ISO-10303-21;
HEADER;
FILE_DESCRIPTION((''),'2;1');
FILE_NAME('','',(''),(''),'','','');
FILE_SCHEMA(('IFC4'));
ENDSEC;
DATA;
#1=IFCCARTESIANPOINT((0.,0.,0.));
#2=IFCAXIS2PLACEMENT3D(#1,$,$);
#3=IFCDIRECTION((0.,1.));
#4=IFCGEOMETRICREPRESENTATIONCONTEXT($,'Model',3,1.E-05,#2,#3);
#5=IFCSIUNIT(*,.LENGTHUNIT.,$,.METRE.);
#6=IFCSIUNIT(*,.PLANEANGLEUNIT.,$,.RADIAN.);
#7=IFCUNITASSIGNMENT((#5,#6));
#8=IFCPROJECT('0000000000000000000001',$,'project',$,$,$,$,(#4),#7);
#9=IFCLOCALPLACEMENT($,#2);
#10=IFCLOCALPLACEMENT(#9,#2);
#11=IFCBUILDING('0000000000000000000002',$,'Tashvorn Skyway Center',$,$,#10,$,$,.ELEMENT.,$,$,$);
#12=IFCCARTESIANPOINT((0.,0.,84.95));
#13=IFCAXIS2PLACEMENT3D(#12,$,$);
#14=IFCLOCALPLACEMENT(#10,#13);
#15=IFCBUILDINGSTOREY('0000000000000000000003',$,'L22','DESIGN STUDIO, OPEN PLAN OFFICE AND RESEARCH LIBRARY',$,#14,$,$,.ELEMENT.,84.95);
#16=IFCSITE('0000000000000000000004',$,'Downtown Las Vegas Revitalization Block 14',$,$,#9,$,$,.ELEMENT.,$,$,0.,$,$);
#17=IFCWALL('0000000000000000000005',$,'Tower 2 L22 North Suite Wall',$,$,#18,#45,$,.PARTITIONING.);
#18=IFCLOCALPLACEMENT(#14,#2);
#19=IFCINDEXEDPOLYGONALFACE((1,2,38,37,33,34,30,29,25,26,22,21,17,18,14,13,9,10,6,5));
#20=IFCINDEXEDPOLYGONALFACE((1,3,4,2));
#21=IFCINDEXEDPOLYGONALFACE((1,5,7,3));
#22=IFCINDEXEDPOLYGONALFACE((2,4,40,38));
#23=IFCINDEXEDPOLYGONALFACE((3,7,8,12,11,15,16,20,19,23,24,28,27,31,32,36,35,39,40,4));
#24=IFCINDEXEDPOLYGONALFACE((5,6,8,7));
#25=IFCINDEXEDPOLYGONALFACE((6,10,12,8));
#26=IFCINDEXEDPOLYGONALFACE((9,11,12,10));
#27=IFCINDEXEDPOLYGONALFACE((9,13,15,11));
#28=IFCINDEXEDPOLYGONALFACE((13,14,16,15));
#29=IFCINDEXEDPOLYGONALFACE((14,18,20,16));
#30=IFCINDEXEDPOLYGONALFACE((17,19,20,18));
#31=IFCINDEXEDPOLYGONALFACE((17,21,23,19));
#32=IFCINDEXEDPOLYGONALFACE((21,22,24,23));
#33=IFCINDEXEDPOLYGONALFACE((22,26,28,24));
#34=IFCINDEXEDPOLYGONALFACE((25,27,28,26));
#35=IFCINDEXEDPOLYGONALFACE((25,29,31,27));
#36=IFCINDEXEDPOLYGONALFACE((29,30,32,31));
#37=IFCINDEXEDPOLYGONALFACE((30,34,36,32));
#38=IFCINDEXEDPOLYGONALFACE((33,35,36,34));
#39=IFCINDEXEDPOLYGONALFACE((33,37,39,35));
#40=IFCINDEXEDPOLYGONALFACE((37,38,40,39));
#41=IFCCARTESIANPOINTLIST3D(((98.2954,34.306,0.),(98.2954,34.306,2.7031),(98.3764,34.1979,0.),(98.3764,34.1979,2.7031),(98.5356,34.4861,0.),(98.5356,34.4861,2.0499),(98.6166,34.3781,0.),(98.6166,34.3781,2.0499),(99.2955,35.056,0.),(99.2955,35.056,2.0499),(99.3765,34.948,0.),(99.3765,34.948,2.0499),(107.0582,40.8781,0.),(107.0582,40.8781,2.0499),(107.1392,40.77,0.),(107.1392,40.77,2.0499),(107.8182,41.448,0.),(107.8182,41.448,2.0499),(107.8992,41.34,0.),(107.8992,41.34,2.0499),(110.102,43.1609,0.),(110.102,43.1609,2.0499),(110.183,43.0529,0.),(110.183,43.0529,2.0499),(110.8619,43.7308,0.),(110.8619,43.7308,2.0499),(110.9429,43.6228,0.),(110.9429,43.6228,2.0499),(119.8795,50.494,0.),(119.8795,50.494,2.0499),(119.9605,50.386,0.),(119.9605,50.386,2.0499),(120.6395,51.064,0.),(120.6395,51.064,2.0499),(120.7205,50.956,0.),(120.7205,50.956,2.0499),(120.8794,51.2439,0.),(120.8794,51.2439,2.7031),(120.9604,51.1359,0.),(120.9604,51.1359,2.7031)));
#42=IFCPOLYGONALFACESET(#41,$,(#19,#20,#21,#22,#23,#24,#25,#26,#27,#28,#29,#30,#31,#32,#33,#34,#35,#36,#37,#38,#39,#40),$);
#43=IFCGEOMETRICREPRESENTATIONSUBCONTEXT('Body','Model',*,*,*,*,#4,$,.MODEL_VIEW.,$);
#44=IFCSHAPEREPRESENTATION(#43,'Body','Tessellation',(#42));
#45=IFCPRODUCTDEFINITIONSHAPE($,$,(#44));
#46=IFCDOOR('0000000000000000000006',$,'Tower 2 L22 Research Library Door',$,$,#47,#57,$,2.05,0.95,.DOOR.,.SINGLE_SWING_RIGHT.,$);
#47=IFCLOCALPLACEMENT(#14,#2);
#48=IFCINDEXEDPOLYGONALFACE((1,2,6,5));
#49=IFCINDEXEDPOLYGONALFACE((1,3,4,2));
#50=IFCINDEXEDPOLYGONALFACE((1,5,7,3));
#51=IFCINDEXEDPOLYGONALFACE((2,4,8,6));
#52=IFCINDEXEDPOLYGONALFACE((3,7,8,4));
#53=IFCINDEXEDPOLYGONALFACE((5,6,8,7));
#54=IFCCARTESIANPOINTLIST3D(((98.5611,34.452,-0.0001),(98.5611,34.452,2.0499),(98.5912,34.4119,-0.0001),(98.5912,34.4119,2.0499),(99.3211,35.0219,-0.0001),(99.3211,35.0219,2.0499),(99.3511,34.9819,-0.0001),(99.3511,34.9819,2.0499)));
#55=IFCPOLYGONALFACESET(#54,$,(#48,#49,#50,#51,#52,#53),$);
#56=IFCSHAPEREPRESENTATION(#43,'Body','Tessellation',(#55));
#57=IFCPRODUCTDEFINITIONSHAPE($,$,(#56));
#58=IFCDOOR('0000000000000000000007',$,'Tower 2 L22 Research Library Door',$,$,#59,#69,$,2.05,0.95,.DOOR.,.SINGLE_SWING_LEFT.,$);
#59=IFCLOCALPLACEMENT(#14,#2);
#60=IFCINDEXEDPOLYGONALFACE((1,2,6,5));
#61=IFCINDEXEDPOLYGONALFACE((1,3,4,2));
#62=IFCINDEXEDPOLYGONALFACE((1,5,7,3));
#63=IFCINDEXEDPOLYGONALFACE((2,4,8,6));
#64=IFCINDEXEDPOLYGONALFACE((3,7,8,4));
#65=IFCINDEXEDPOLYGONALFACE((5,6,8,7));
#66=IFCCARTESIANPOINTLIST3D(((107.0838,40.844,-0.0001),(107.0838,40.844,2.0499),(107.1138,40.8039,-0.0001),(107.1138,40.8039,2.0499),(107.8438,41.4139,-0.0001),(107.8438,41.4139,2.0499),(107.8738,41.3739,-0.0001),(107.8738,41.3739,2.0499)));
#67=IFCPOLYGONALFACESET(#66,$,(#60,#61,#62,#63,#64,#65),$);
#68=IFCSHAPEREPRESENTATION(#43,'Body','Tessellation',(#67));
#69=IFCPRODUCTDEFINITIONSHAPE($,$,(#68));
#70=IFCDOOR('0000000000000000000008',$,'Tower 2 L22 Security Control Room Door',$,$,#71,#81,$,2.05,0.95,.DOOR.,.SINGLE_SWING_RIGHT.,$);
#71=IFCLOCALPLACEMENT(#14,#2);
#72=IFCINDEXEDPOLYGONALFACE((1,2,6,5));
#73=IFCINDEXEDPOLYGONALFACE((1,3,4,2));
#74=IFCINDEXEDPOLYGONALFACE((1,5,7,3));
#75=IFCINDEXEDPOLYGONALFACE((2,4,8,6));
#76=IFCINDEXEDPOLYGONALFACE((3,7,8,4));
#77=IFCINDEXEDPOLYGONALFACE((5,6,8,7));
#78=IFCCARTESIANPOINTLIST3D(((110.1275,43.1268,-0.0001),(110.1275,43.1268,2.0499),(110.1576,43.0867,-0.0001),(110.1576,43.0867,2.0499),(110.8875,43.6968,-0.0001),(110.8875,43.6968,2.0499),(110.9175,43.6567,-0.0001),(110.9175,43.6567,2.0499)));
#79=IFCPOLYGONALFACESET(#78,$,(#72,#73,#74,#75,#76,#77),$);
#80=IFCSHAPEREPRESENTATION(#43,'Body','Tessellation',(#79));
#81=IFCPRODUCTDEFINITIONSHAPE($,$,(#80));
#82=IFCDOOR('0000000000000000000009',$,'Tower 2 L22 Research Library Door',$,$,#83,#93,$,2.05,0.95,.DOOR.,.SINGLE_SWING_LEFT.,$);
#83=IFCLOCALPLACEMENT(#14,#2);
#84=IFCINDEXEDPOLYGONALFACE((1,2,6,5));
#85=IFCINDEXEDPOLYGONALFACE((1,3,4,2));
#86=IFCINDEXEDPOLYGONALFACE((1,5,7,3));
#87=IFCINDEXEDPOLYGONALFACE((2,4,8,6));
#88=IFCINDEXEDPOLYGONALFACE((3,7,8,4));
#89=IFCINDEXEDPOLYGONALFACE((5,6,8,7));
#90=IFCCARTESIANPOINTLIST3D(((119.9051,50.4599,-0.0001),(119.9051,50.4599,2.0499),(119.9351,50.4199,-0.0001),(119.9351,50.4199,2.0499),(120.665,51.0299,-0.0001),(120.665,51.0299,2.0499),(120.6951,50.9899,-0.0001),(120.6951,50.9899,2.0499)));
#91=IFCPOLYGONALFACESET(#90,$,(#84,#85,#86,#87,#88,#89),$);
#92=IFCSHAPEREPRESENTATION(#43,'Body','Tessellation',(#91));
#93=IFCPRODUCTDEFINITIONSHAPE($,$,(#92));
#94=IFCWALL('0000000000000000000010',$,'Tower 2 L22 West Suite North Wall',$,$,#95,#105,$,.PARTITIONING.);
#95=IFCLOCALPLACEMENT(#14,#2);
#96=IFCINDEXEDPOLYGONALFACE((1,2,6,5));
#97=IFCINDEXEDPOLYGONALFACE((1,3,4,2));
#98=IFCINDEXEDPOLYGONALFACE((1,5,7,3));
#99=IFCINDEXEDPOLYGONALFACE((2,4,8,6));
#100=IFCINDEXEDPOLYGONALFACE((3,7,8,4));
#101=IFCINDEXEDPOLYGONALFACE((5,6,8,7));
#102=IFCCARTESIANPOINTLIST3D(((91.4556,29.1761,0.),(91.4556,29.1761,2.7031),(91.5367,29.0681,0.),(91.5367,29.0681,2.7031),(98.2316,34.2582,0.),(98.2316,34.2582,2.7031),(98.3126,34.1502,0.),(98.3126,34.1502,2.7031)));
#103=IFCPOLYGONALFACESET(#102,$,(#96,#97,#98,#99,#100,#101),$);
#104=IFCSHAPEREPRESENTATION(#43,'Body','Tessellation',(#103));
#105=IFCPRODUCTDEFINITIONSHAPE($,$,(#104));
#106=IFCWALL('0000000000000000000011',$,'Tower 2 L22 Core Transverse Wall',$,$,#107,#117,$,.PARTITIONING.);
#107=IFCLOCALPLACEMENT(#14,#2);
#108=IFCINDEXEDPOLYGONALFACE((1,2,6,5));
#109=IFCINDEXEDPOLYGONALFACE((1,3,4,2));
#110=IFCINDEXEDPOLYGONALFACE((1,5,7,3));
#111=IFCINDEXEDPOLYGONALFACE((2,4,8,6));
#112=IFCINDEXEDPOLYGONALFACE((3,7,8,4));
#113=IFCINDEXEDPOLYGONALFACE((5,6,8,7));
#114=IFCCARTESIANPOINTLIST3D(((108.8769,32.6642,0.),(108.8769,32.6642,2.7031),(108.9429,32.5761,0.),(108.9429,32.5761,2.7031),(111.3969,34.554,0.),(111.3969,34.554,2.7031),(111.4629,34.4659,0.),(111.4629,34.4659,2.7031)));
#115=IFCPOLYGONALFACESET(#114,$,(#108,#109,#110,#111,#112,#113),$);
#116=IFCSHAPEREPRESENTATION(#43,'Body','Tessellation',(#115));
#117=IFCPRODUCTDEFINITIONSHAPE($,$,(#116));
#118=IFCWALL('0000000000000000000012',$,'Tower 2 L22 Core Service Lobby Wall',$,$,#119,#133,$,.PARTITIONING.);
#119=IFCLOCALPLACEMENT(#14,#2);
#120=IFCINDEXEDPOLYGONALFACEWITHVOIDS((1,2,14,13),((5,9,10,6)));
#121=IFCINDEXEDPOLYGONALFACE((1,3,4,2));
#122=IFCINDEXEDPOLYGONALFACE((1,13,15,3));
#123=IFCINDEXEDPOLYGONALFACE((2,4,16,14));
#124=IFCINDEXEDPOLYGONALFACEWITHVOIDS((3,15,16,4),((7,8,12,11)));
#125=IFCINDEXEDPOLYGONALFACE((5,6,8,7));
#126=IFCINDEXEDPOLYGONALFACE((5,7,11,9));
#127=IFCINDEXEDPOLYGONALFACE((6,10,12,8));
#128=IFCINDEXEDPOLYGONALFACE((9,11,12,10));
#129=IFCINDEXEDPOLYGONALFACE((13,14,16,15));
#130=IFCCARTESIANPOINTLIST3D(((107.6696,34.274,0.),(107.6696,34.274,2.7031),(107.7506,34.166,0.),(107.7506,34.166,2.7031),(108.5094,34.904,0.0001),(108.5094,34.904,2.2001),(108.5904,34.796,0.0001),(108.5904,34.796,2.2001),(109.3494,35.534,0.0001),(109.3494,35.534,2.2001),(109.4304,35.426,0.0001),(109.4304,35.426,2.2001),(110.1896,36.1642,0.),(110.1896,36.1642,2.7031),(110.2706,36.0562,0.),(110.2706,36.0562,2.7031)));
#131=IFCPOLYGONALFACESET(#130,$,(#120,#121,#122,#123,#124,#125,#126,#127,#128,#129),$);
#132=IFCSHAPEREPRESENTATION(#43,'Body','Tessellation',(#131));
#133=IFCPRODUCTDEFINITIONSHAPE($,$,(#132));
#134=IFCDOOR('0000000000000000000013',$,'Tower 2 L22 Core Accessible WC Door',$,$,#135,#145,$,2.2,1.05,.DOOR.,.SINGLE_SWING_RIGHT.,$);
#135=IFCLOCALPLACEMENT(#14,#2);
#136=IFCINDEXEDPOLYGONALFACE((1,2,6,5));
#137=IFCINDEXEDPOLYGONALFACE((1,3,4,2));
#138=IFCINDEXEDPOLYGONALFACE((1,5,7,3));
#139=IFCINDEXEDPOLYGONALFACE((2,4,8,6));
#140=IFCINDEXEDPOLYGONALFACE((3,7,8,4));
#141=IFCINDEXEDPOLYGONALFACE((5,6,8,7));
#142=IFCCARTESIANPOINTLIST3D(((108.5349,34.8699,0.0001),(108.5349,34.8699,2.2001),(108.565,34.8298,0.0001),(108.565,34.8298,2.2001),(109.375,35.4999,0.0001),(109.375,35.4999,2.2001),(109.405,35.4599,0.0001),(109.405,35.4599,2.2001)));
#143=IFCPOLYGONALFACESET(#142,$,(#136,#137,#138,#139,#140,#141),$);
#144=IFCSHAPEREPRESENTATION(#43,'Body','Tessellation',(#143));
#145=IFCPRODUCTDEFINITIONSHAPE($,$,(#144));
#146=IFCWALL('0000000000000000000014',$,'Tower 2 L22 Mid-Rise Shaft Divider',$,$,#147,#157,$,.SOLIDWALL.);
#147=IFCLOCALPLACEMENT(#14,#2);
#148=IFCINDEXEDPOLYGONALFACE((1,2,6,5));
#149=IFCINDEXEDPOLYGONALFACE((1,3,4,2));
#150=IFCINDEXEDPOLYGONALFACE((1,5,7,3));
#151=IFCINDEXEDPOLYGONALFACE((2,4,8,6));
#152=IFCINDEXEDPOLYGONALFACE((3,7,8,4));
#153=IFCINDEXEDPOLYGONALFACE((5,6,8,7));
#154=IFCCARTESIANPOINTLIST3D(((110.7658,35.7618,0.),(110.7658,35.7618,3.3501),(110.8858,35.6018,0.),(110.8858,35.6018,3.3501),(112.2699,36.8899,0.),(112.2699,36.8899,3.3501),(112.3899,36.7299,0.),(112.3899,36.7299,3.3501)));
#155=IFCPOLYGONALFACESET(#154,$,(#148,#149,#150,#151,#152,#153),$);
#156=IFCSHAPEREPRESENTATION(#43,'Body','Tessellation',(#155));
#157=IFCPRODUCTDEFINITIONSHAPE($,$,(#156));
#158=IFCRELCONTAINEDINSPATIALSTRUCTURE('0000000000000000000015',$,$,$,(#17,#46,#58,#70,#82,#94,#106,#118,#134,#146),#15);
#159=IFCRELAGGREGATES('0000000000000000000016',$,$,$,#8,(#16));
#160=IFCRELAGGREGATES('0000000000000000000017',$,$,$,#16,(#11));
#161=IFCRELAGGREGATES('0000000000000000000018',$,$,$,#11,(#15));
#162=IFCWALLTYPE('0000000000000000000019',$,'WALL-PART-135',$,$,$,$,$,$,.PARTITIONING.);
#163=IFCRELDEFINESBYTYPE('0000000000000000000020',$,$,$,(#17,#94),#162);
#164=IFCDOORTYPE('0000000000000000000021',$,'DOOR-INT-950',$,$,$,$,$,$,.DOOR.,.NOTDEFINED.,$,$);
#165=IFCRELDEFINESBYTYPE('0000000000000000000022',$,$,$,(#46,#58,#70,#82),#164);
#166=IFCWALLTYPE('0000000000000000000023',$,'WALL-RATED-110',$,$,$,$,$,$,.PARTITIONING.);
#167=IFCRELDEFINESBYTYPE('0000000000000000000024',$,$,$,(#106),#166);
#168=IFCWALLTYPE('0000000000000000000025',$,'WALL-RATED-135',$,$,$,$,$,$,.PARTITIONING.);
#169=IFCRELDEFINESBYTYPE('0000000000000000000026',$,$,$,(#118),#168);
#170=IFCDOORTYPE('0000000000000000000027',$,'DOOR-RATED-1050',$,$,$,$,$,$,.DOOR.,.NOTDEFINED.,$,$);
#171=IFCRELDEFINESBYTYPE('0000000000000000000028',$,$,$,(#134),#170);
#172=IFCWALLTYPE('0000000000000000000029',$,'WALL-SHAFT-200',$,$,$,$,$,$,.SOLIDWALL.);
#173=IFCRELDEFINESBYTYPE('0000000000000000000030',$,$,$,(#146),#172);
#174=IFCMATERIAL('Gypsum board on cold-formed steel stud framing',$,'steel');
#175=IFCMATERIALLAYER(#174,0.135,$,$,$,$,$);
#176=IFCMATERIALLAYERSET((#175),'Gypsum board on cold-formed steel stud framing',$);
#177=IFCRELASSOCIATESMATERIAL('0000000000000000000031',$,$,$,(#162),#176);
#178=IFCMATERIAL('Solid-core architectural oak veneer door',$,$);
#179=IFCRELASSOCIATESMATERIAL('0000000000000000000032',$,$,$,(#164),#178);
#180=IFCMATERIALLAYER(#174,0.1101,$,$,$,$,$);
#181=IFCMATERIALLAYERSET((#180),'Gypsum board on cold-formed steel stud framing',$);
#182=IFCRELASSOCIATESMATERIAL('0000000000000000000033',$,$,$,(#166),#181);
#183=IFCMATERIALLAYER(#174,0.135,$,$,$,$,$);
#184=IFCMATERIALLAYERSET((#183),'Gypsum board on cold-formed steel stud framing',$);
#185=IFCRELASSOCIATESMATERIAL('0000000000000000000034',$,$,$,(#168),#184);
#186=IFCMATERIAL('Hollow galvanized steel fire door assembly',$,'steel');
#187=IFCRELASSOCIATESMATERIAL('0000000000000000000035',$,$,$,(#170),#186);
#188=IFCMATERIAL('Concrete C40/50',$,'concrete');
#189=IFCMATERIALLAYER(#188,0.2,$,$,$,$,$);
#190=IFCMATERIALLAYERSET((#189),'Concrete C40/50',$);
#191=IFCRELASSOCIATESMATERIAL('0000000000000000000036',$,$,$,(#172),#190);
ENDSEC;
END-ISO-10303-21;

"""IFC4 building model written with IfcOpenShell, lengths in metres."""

from ifc_helpers import new_model, si_unit, direction, frame, frame_2d, origin, place, context, subcontext, project, spatial, rectangle, extrude, material, layer, layer_set, type_object, element, fill, save


model = new_model("IFC4")

# Units and contexts
model_context = context("Model", 3, precision=1e-05, world=origin(), true_north=direction((0.0, 1.0)))
body_context = subcontext(model_context, "Body", "Model", "MODEL_VIEW")
ifc_project = project(units=[si_unit("LENGTHUNIT", "METRE"), si_unit("PLANEANGLEUNIT", "RADIAN")], contexts=[model_context])

# Site, building, storey
site_placement = place(None, origin())
site = spatial("IfcSite", under=ifc_project, at=site_placement, Name="Downtown Las Vegas Revitalization Block 14", CompositionType="ELEMENT", RefElevation=0.0)
building_placement = place(site_placement, origin())
building = spatial("IfcBuilding", under=site, at=building_placement, Name="Tashvorn Skyway Center", CompositionType="ELEMENT")
storey_placement = place(building_placement, frame((0.0, 0.0, 84.95)))
storey = spatial("IfcBuildingStorey", under=building, at=storey_placement, Name="L22", Description="DESIGN STUDIO, OPEN PLAN OFFICE AND RESEARCH LIBRARY", CompositionType="ELEMENT", Elevation=84.95)

# Shared definitions
ifc_material_1 = material(Name="Hollow galvanized steel fire door assembly", Category="steel")

# Shared definitions
ifc_material_2 = material(Name="Concrete C40/50", Category="concrete")

# Wall, openings, doors
ifc_material_3 = material(Name="Gypsum board on cold-formed steel stud framing", Category="steel")
ifc_layer_1 = layer(ifc_material_3, 0.135)
ifc_layer_set_1 = layer_set([ifc_layer_1], Name="Gypsum board on cold-formed steel stud framing")
wall_type_1 = type_object("IfcWallType", Name="WALL-PART-135", PredefinedType="PARTITIONING", material=ifc_layer_set_1)
wall_1_placement = place(storey_placement, frame((98.3359, 34.252, 0.0), z_axis=(0.0, 0.0, 1.0), x_axis=(0.8, 0.6, 0.0)))
wall_1 = element("IfcWall", 1, at=wall_1_placement, inside=storey, type_object=wall_type_1, Name="Tower 2 L22 North Suite Wall", PredefinedType="PARTITIONING", context=body_context, shape_type="SweptSolid", body=[
    extrude(rectangle(XDim=28.23, YDim=0.135, at=frame_2d((14.115, 0.0))), origin(), (0.0, 0.0, 1.0), 2.7031),
])
opening_1_placement = place(wall_1_placement, frame((0.3, 0.0, 0.0)))
opening_1 = element("IfcOpeningElement", 2, at=opening_1_placement, cuts=wall_1, PredefinedType="OPENING", context=body_context, shape_type="SweptSolid", body=[
    extrude(rectangle(XDim=0.95, YDim=2.05, at=frame_2d((0.4751, 1.0249))), frame((0.0, 0.0774, 0.0), z_axis=(0.0, -1.0, 0.0), x_axis=(1.0, 0.0, 0.0)), (0.0, 0.0, 1.0), 0.155),
])
opening_2_placement = place(wall_1_placement, frame((10.9534, 0.0, 0.0)))
opening_2 = element("IfcOpeningElement", 3, at=opening_2_placement, cuts=wall_1, PredefinedType="OPENING", context=body_context, shape_type="SweptSolid", body=[
    extrude(rectangle(XDim=0.95, YDim=2.05, at=frame_2d((0.4751, 1.0249))), frame((0.0, 0.0774, 0.0), z_axis=(0.0, -1.0, 0.0), x_axis=(1.0, 0.0, 0.0)), (0.0, 0.0, 1.0), 0.155),
])
opening_3_placement = place(wall_1_placement, frame((14.7581, 0.0, 0.0)))
opening_3 = element("IfcOpeningElement", 4, at=opening_3_placement, cuts=wall_1, PredefinedType="OPENING", context=body_context, shape_type="SweptSolid", body=[
    extrude(rectangle(XDim=0.95, YDim=2.05, at=frame_2d((0.4751, 1.0249))), frame((0.0, 0.0774, 0.0), z_axis=(0.0, -1.0, 0.0), x_axis=(1.0, 0.0, 0.0)), (0.0, 0.0, 1.0), 0.155),
])
opening_4_placement = place(wall_1_placement, frame((26.98, 0.0, 0.0)))
opening_4 = element("IfcOpeningElement", 5, at=opening_4_placement, cuts=wall_1, PredefinedType="OPENING", context=body_context, shape_type="SweptSolid", body=[
    extrude(rectangle(XDim=0.95, YDim=2.05, at=frame_2d((0.4751, 1.0249))), frame((0.0, 0.0774, 0.0), z_axis=(0.0, -1.0, 0.0), x_axis=(1.0, 0.0, 0.0)), (0.0, 0.0, 1.0), 0.155),
])
ifc_material_4 = material(Name="Solid-core architectural oak veneer door")
door_type_1 = type_object("IfcDoorType", Name="DOOR-INT-950", OperationType="NOTDEFINED", PredefinedType="DOOR", material=ifc_material_4)
door_1_placement = place(opening_1_placement, origin())
door_1 = element("IfcDoor", 6, at=door_1_placement, inside=storey, type_object=door_type_1, Name="Tower 2 L22 Research Library Door", OperationType="SINGLE_SWING_RIGHT", OverallHeight=2.05, OverallWidth=0.95, PredefinedType="DOOR", context=body_context, shape_type="SweptSolid", body=[
    extrude(rectangle(XDim=0.95, YDim=2.05, at=frame_2d((0.4751, 1.0249))), frame((0.0, 0.0249, 0.0), z_axis=(0.0, -1.0, 0.0), x_axis=(1.0, 0.0, 0.0)), (0.0, 0.0, 1.0), 0.05),
])
fill(opening_1, door_1)
door_2_placement = place(opening_2_placement, origin())
door_2 = element("IfcDoor", 7, at=door_2_placement, inside=storey, type_object=door_type_1, Name="Tower 2 L22 Research Library Door", OperationType="SINGLE_SWING_LEFT", OverallHeight=2.05, OverallWidth=0.95, PredefinedType="DOOR", context=body_context, shape_type="SweptSolid", body=[
    extrude(rectangle(XDim=0.95, YDim=2.05, at=frame_2d((0.4751, 1.0249))), frame((0.0, 0.0249, 0.0), z_axis=(0.0, -1.0, 0.0), x_axis=(1.0, 0.0, 0.0)), (0.0, 0.0, 1.0), 0.05),
])
fill(opening_2, door_2)
door_3_placement = place(opening_3_placement, origin())
door_3 = element("IfcDoor", 8, at=door_3_placement, inside=storey, type_object=door_type_1, Name="Tower 2 L22 Security Control Room Door", OperationType="SINGLE_SWING_RIGHT", OverallHeight=2.05, OverallWidth=0.95, PredefinedType="DOOR", context=body_context, shape_type="SweptSolid", body=[
    extrude(rectangle(XDim=0.95, YDim=2.05, at=frame_2d((0.4751, 1.0249))), frame((0.0, 0.0249, 0.0), z_axis=(0.0, -1.0, 0.0), x_axis=(1.0, 0.0, 0.0)), (0.0, 0.0, 1.0), 0.05),
])
fill(opening_3, door_3)
door_4_placement = place(opening_4_placement, origin())
door_4 = element("IfcDoor", 9, at=door_4_placement, inside=storey, type_object=door_type_1, Name="Tower 2 L22 Research Library Door", OperationType="SINGLE_SWING_LEFT", OverallHeight=2.05, OverallWidth=0.95, PredefinedType="DOOR", context=body_context, shape_type="SweptSolid", body=[
    extrude(rectangle(XDim=0.95, YDim=2.05, at=frame_2d((0.4751, 1.0249))), frame((0.0, 0.0249, 0.0), z_axis=(0.0, -1.0, 0.0), x_axis=(1.0, 0.0, 0.0)), (0.0, 0.0, 1.0), 0.05),
])
fill(opening_4, door_4)

# Walls
wall_2_placement = place(storey_placement, frame((98.272, 34.2041, 0.0), z_axis=(0.0, 0.0, 1.0), x_axis=(-0.799993, -0.600009, 0.0)))
element("IfcWall", 10, at=wall_2_placement, inside=storey, type_object=wall_type_1, Name="Tower 2 L22 West Suite North Wall", PredefinedType="PARTITIONING", context=body_context, shape_type="SweptSolid", body=[
    extrude(rectangle(XDim=8.47, YDim=0.135, at=frame_2d((4.2349, 0.0))), origin(), (0.0, 0.0, 1.0), 2.7031),
])
ifc_layer_2 = layer(ifc_material_3, 0.1101)
ifc_layer_set_2 = layer_set([ifc_layer_2], Name="Gypsum board on cold-formed steel stud framing")
wall_type_2 = type_object("IfcWallType", Name="WALL-RATED-110", PredefinedType="PARTITIONING", material=ifc_layer_set_2)
wall_3_placement = place(storey_placement, frame((108.9099, 32.6201, 0.0), z_axis=(0.0, 0.0, 1.0), x_axis=(0.800019, 0.599975, 0.0)))
element("IfcWall", 11, at=wall_3_placement, inside=storey, type_object=wall_type_2, Name="Tower 2 L22 Core Transverse Wall", PredefinedType="PARTITIONING", context=body_context, shape_type="SweptSolid", body=[
    extrude(rectangle(XDim=3.1499, YDim=0.1101, at=frame_2d((1.575, 0.0))), origin(), (0.0, 0.0, 1.0), 2.7031),
])

# Wall, opening, door
ifc_layer_3 = layer(ifc_material_3, 0.135)
ifc_layer_set_3 = layer_set([ifc_layer_3], Name="Gypsum board on cold-formed steel stud framing")
wall_type_3 = type_object("IfcWallType", Name="WALL-RATED-135", PredefinedType="PARTITIONING", material=ifc_layer_set_3)
wall_4_placement = place(storey_placement, frame((107.71, 34.22, 0.0), z_axis=(0.0, 0.0, 1.0), x_axis=(0.799981, 0.600025, 0.0)))
wall_4 = element("IfcWall", 12, at=wall_4_placement, inside=storey, type_object=wall_type_3, Name="Tower 2 L22 Core Service Lobby Wall", PredefinedType="PARTITIONING", context=body_context, shape_type="SweptSolid", body=[
    extrude(rectangle(XDim=3.1501, YDim=0.135, at=frame_2d((1.5752, 0.0))), origin(), (0.0, 0.0, 1.0), 2.7031),
])
opening_5_placement = place(wall_4_placement, frame((1.05, 0.0, 0.0)))
opening_5 = element("IfcOpeningElement", 13, at=opening_5_placement, cuts=wall_4, PredefinedType="OPENING", context=body_context, shape_type="SweptSolid", body=[
    extrude(rectangle(XDim=1.05, YDim=2.2, at=frame_2d((0.5249, 1.1001))), frame((0.0, 0.0774, 0.0), z_axis=(0.0, -1.0, 0.0), x_axis=(1.0, 0.0, 0.0)), (0.0, 0.0, 1.0), 0.155),
])
door_type_2 = type_object("IfcDoorType", Name="DOOR-RATED-1050", OperationType="NOTDEFINED", PredefinedType="DOOR", material=ifc_material_1)
door_5_placement = place(opening_5_placement, origin())
door_5 = element("IfcDoor", 14, at=door_5_placement, inside=storey, type_object=door_type_2, Name="Tower 2 L22 Core Accessible WC Door", OperationType="SINGLE_SWING_RIGHT", OverallHeight=2.2, OverallWidth=1.05, PredefinedType="DOOR", context=body_context, shape_type="SweptSolid", body=[
    extrude(rectangle(XDim=1.05, YDim=2.2, at=frame_2d((0.5249, 1.1001))), frame((0.0, 0.0249, 0.0), z_axis=(0.0, -1.0, 0.0), x_axis=(1.0, 0.0, 0.0)), (0.0, 0.0, 1.0), 0.05),
])
fill(opening_5, door_5)

# Wall
ifc_layer_4 = layer(ifc_material_2, 0.2)
ifc_layer_set_4 = layer_set([ifc_layer_4], Name="Concrete C40/50")
wall_type_4 = type_object("IfcWallType", Name="WALL-SHAFT-200", PredefinedType="SOLIDWALL", material=ifc_layer_set_4)
wall_5_placement = place(storey_placement, frame((110.8259, 35.6819, 0.0), z_axis=(0.0, 0.0, 1.0), x_axis=(0.799984, 0.600021, 0.0)))
element("IfcWall", 15, at=wall_5_placement, inside=storey, type_object=wall_type_4, Name="Tower 2 L22 Mid-Rise Shaft Divider", PredefinedType="SOLIDWALL", context=body_context, shape_type="SweptSolid", body=[
    extrude(rectangle(XDim=1.8801, YDim=0.2, at=frame_2d((0.9399, 0.0))), origin(), (0.0, 0.0, 1.0), 3.3501),
])

save(model, "model.ifc")
